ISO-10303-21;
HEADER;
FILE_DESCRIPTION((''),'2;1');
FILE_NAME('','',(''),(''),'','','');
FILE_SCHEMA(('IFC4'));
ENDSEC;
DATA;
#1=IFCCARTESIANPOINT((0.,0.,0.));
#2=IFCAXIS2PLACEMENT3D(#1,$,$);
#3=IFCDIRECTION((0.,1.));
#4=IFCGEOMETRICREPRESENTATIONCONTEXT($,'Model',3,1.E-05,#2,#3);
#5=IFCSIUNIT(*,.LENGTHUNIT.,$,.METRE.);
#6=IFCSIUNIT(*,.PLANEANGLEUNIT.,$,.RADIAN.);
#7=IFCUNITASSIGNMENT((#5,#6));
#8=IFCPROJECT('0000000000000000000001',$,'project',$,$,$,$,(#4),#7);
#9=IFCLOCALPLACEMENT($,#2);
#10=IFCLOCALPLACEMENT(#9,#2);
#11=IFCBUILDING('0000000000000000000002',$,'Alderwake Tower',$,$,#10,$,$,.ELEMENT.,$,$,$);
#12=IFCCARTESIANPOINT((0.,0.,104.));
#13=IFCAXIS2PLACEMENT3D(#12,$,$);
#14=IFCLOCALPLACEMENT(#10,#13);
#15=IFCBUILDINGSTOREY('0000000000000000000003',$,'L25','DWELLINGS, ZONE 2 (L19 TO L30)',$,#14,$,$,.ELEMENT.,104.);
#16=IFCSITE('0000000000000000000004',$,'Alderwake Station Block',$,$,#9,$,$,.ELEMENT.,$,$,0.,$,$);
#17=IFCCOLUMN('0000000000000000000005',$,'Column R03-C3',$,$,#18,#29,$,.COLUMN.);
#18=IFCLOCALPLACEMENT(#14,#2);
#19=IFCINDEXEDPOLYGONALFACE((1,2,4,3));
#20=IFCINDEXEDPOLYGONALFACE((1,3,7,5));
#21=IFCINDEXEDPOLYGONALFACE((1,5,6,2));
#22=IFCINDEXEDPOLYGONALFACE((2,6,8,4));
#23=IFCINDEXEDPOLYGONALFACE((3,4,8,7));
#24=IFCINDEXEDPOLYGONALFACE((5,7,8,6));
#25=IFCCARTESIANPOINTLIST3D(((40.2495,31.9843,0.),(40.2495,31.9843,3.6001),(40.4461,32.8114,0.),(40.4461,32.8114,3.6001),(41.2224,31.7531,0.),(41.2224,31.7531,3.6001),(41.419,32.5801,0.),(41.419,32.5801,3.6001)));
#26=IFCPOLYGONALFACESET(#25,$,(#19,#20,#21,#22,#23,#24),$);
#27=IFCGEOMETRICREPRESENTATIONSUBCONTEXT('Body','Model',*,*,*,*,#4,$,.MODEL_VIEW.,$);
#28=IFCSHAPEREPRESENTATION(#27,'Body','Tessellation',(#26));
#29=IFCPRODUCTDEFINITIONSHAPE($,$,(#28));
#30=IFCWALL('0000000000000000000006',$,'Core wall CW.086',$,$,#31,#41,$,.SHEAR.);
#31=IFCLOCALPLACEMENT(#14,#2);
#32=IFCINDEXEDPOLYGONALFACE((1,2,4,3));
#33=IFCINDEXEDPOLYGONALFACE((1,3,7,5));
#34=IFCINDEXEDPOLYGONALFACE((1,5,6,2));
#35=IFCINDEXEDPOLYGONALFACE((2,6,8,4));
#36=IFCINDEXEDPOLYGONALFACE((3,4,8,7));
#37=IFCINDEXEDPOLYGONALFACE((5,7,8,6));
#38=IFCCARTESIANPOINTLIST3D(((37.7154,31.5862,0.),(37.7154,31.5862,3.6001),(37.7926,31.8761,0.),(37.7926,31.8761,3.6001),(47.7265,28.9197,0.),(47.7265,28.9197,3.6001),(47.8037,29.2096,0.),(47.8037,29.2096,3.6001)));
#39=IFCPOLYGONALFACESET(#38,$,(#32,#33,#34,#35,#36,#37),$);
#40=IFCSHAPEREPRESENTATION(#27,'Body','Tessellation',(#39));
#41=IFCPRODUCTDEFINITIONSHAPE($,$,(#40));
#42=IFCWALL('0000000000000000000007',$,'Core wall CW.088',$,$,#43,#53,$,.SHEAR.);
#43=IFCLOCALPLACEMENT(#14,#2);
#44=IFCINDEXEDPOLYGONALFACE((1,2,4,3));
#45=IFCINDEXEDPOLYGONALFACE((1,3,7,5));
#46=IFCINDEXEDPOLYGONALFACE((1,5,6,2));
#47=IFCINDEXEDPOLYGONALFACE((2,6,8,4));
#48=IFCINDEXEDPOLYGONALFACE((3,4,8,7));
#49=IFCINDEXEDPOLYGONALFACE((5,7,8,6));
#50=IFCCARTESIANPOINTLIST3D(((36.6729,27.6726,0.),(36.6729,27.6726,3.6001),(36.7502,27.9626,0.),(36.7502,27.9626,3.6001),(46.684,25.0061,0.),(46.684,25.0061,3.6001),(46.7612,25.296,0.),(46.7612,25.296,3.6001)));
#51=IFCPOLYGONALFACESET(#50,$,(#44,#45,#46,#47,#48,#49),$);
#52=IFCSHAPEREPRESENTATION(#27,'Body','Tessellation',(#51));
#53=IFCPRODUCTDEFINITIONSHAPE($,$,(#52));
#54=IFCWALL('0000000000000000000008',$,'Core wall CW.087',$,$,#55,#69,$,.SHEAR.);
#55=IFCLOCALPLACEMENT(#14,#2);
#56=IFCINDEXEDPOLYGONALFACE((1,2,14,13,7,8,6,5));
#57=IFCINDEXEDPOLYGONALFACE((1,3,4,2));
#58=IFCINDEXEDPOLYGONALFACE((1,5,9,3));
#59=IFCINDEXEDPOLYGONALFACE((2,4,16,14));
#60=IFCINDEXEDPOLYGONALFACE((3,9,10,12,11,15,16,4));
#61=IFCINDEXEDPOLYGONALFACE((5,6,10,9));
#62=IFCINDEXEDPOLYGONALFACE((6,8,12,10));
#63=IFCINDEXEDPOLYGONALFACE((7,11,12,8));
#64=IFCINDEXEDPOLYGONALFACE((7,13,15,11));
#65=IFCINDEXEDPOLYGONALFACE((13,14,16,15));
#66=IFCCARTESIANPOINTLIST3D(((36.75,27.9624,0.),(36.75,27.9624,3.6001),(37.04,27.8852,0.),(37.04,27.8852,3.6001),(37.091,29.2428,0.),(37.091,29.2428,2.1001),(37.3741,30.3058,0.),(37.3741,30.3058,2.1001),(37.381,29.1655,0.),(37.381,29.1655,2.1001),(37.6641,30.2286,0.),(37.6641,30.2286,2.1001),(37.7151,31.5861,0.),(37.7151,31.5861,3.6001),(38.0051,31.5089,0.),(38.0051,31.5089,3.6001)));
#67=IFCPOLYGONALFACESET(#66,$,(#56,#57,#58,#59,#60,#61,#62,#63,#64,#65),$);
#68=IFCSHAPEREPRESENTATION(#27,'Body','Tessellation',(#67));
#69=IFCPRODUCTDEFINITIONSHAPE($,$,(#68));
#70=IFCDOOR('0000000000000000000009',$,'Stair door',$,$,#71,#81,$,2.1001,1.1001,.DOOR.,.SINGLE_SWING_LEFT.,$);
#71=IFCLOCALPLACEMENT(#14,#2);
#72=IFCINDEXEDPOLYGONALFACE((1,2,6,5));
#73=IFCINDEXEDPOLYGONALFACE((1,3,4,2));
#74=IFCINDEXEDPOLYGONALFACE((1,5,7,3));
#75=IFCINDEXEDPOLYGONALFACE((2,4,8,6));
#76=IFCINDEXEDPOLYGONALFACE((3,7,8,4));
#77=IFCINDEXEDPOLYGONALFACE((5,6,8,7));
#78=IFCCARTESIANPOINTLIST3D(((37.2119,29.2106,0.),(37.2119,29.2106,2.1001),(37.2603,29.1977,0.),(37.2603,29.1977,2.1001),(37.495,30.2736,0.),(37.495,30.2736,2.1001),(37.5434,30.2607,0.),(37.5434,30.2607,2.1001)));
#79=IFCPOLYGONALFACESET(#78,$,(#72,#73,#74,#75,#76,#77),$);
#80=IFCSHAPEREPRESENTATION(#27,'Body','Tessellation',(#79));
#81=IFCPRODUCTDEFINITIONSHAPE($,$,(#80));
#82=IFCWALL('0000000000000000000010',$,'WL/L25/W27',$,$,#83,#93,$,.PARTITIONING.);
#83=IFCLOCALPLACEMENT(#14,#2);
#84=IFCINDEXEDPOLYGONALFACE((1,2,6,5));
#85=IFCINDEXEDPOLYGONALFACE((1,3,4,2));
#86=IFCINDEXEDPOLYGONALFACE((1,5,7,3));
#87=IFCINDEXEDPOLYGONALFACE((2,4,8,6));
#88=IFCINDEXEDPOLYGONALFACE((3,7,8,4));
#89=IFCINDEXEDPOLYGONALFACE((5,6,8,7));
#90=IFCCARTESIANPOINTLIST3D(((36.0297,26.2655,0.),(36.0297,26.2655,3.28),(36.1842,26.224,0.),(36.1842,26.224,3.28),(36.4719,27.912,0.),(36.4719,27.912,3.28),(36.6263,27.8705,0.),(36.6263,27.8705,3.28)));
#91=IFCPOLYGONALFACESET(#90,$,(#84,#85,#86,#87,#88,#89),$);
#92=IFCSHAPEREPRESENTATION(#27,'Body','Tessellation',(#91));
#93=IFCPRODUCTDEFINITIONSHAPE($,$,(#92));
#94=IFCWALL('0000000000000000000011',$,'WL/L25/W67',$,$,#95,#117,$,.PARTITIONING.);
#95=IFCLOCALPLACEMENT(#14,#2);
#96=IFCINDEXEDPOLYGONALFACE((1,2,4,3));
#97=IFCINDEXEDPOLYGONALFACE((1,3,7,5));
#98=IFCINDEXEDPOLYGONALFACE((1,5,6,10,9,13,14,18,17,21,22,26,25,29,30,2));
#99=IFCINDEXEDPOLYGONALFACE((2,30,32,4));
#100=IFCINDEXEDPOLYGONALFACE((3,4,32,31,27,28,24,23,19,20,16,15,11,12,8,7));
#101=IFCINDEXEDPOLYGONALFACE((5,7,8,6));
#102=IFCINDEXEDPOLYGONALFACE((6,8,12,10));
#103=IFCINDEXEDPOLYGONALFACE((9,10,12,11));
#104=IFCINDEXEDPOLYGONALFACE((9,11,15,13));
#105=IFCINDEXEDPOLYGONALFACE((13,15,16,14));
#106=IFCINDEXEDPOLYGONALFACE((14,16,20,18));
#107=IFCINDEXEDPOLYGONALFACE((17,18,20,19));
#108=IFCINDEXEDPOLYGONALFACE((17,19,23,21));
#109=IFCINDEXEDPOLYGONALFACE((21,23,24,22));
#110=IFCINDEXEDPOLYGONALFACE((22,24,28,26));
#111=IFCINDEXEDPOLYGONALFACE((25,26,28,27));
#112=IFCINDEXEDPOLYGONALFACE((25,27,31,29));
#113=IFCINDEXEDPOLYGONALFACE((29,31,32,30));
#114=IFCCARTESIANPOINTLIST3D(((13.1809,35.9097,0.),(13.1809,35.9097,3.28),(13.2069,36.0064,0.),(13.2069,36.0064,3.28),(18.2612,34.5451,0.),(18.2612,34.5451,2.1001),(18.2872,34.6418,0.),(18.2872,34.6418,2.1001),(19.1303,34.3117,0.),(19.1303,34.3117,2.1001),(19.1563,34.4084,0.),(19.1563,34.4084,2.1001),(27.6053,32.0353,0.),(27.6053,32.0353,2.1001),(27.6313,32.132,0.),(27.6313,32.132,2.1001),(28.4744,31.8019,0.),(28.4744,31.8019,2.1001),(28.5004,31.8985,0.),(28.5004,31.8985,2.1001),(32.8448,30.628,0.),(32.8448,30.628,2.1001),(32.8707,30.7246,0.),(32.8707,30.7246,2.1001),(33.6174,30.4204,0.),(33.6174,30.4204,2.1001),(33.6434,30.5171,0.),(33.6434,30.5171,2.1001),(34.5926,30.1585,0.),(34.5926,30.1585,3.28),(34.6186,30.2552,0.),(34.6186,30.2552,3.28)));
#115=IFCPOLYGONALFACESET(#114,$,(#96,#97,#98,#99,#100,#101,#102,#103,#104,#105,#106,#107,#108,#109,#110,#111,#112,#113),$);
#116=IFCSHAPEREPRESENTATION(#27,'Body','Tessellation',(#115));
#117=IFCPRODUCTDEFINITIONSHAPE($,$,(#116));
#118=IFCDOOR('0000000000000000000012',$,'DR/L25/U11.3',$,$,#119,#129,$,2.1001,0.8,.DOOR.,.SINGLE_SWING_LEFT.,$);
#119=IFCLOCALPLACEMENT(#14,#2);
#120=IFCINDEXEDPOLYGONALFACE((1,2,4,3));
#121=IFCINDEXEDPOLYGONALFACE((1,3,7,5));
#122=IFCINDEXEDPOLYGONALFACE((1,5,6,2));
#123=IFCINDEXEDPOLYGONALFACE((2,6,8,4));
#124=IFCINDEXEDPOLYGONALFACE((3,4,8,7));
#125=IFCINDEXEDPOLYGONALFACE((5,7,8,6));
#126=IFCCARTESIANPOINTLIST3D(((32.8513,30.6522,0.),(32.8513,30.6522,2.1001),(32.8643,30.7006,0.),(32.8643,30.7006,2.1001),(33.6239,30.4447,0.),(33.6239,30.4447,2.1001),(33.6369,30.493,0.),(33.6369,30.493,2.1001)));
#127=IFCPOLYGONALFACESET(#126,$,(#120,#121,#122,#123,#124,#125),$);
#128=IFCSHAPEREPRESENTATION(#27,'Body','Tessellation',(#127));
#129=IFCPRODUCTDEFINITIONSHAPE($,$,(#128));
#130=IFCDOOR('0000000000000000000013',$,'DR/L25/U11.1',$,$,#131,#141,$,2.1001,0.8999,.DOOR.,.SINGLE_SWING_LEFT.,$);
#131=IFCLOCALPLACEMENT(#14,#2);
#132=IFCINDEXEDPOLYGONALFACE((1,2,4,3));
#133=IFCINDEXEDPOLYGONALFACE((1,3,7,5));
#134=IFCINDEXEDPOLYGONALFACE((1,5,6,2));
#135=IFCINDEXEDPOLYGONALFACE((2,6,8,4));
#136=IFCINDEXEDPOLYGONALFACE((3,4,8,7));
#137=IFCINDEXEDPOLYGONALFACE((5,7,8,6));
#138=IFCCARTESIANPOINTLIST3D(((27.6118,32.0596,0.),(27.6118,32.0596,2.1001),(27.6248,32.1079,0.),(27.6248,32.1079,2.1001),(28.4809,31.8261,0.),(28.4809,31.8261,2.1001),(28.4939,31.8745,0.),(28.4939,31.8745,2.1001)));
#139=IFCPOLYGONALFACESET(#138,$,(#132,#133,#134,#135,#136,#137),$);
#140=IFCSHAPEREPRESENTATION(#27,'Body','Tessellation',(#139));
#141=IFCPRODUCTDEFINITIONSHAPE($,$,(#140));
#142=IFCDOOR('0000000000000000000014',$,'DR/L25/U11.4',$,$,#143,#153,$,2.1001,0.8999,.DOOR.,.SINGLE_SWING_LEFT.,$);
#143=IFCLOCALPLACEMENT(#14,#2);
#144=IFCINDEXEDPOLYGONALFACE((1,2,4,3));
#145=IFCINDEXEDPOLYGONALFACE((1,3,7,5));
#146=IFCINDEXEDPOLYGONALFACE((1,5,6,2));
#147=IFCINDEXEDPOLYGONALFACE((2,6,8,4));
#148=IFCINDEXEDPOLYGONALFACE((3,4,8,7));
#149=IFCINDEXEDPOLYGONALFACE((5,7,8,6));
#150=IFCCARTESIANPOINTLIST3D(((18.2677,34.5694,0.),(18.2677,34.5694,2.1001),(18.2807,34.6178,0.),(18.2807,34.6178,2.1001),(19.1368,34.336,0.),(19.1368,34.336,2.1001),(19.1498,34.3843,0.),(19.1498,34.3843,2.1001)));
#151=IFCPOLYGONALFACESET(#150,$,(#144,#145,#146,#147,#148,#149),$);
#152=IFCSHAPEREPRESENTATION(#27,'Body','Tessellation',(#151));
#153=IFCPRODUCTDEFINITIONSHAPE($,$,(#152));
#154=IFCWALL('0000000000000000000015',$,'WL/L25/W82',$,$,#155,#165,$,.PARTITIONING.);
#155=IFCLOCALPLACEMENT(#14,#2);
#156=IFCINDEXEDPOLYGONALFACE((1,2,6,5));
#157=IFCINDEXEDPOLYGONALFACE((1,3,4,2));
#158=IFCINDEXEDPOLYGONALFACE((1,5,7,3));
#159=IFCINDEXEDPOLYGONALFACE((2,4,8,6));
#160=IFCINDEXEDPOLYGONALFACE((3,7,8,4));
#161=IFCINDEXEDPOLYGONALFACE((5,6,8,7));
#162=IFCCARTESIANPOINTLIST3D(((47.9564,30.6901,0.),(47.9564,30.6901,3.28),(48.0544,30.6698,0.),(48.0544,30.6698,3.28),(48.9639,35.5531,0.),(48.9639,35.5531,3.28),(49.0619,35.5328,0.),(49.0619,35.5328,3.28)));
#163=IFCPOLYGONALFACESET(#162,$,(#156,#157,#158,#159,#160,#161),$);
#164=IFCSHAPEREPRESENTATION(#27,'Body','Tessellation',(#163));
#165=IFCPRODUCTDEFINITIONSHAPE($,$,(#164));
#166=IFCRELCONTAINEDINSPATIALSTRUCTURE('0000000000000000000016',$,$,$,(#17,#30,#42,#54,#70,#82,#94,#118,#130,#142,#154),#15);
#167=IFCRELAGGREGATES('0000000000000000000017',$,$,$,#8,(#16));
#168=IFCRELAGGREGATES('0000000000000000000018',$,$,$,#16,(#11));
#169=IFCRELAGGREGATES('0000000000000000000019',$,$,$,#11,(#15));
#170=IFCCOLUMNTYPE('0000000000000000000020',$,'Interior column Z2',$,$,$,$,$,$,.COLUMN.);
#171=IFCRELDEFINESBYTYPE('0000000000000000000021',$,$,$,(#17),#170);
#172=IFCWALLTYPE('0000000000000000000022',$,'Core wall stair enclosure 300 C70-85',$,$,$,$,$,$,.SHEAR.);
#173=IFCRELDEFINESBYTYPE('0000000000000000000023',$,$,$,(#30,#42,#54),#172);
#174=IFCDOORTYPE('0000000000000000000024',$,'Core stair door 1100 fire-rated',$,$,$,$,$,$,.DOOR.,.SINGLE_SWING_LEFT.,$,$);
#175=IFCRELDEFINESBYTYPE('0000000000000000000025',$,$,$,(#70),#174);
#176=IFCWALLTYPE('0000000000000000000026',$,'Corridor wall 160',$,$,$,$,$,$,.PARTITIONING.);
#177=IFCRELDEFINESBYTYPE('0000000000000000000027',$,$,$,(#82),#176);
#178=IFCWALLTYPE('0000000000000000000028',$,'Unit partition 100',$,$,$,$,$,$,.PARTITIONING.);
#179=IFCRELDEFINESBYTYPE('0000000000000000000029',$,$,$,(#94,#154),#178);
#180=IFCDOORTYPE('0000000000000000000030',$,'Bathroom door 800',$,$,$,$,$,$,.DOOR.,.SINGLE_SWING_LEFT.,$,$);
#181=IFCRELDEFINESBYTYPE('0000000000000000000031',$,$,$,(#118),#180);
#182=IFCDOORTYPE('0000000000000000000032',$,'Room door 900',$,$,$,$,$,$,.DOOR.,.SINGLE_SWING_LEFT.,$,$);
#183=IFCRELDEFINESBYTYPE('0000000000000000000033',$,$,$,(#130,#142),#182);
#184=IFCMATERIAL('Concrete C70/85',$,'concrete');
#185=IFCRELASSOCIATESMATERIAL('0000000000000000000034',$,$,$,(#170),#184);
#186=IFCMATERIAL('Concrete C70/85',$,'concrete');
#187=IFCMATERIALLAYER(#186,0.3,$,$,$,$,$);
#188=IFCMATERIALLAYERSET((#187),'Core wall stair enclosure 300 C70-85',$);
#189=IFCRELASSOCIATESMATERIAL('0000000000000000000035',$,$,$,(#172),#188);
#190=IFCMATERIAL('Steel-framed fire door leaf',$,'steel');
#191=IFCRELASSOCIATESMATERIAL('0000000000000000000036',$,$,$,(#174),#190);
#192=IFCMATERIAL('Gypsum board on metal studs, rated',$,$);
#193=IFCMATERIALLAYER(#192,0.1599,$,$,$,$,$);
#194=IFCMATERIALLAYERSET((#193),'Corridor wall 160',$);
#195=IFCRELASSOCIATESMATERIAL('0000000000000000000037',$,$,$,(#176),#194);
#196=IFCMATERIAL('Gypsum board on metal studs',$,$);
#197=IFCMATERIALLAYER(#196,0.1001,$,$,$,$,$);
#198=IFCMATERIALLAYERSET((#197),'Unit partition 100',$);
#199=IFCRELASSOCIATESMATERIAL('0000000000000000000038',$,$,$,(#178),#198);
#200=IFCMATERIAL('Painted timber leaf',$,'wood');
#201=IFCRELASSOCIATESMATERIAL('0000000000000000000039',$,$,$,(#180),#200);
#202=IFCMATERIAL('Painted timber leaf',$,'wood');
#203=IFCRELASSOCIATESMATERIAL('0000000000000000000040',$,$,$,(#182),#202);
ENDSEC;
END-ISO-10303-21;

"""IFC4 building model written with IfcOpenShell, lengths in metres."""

from ifc_helpers import new_model, si_unit, direction, frame, frame_2d, origin, origin_2d, place, context, subcontext, project, spatial, rectangle, extrude, material, layer, layer_set, material_profile, profile_set, type_object, element, fill, save


model = new_model("IFC4")

# Units and contexts
model_context = context("Model", 3, precision=1e-05, world=origin(), true_north=direction((0.0, 1.0)))
body_context = subcontext(model_context, "Body", "Model", "MODEL_VIEW")
ifc_project = project(units=[si_unit("LENGTHUNIT", "METRE"), si_unit("PLANEANGLEUNIT", "RADIAN")], contexts=[model_context])

# Site, building, storey
site_placement = place(None, origin())
site = spatial("IfcSite", under=ifc_project, at=site_placement, Name="Alderwake Station Block", CompositionType="ELEMENT", RefElevation=0.0)
building_placement = place(site_placement, origin())
building = spatial("IfcBuilding", under=site, at=building_placement, Name="Alderwake Tower", CompositionType="ELEMENT")
storey_placement = place(building_placement, frame((0.0, 0.0, 104.0)))
storey = spatial("IfcBuildingStorey", under=building, at=storey_placement, Name="L25", Description="DWELLINGS, ZONE 2 (L19 TO L30)", CompositionType="ELEMENT", Elevation=104.0)

# Column
ifc_material_1 = material(Name="Concrete C70/85", Category="concrete")
ifc_material_profile = material_profile(ifc_material_1, rectangle(XDim=0.8501, YDim=1.0, at=origin_2d()), Name="RC 1000X850")
ifc_profile_set = profile_set([ifc_material_profile], Name="Concrete C70/85")
column_type = type_object("IfcColumnType", Name="Interior column Z2", PredefinedType="COLUMN", material=ifc_profile_set)
column_placement = place(storey_placement, frame((40.8342, 32.2822, 0.0), z_axis=(0.0, 0.0, 1.0), x_axis=(0.231222, 0.972901, 0.0)))
element("IfcColumn", 1, at=column_placement, inside=storey, type_object=column_type, Name="Column R03-C3", PredefinedType="COLUMN", context=body_context, shape_type="SweptSolid", body=[
    extrude(rectangle(XDim=0.8501, YDim=1.0, at=origin_2d()), origin(), (0.0, 0.0, 1.0), 3.6001),
])

# Walls
ifc_material_2 = material(Name="Concrete C70/85", Category="concrete")
ifc_layer_1 = layer(ifc_material_2, 0.3)
ifc_layer_set_1 = layer_set([ifc_layer_1], Name="Core wall stair enclosure 300 C70-85")
wall_type_1 = type_object("IfcWallType", Name="Core wall stair enclosure 300 C70-85", PredefinedType="SHEAR", material=ifc_layer_set_1)
for number, where, z_axis, x_axis, name in (
    (2, (37.7539, 31.7312, 0.0), (0.0, 0.0, 1.0), (0.966309, -0.257384, 0.0), "Core wall CW.086"),
    (3, (36.7114, 27.8176, 0.0), (0.0, 0.0, 1.0), (0.966309, -0.257384, 0.0), "Core wall CW.088"),
):
    element("IfcWall", number, at=place(storey_placement, frame(where, z_axis=z_axis, x_axis=x_axis)), inside=storey, type_object=wall_type_1, Name=name, PredefinedType="SHEAR", context=body_context, shape_type="SweptSolid", body=[
        extrude(rectangle(XDim=10.3601, YDim=0.3, at=frame_2d((5.1802, 0.0))), origin(), (0.0, 0.0, 1.0), 3.6001),
    ])

# Wall, opening, door
wall_1_placement = place(storey_placement, frame((36.895, 27.9238, 0.0), z_axis=(0.0, 0.0, 1.0), x_axis=(0.257351, 0.966318, 0.0)))
wall_1 = element("IfcWall", 4, at=wall_1_placement, inside=storey, type_object=wall_type_1, Name="Core wall CW.087", PredefinedType="SHEAR", context=body_context, shape_type="SweptSolid", body=[
    extrude(rectangle(XDim=3.75, YDim=0.3, at=frame_2d((1.875, 0.0))), origin(), (0.0, 0.0, 1.0), 3.6001),
])
opening_1_placement = place(wall_1_placement, frame((1.325, 0.0, 0.0)))
opening_1 = element("IfcOpeningElement", 5, at=opening_1_placement, cuts=wall_1, PredefinedType="OPENING", context=body_context, shape_type="SweptSolid", body=[
    extrude(rectangle(XDim=1.1001, YDim=2.1001, at=frame_2d((0.55, 1.05))), frame((0.0, 0.1599, 0.0), z_axis=(0.0, -1.0, 0.0), x_axis=(1.0, 0.0, 0.0)), (0.0, 0.0, 1.0), 0.3201),
])
ifc_material_3 = material(Name="Steel-framed fire door leaf", Category="steel")
door_type_1 = type_object("IfcDoorType", Name="Core stair door 1100 fire-rated", OperationType="SINGLE_SWING_LEFT", PredefinedType="DOOR", material=ifc_material_3)
door_1_placement = place(opening_1_placement, origin())
door_1 = element("IfcDoor", 6, at=door_1_placement, inside=storey, type_object=door_type_1, Name="Stair door", OperationType="SINGLE_SWING_LEFT", OverallHeight=2.1001, OverallWidth=1.1001, PredefinedType="DOOR", context=body_context, shape_type="SweptSolid", body=[
    extrude(rectangle(XDim=1.1001, YDim=2.1001, at=frame_2d((0.55, 1.05))), frame((0.0, 0.0249, 0.0), z_axis=(0.0, -1.0, 0.0), x_axis=(1.0, 0.0, 0.0)), (0.0, 0.0, 1.0), 0.05),
])
fill(opening_1, door_1)

# Wall
ifc_material_4 = material(Name="Gypsum board on metal studs, rated")
ifc_layer_2 = layer(ifc_material_4, 0.1599)
ifc_layer_set_2 = layer_set([ifc_layer_2], Name="Corridor wall 160")
wall_type_2 = type_object("IfcWallType", Name="Corridor wall 160", PredefinedType="PARTITIONING", material=ifc_layer_set_2)
wall_2_placement = place(storey_placement, frame((36.1069, 26.2446, 0.0), z_axis=(0.0, 0.0, 1.0), x_axis=(0.259347, 0.965784, 0.0)))
element("IfcWall", 7, at=wall_2_placement, inside=storey, type_object=wall_type_2, Name="WL/L25/W27", PredefinedType="PARTITIONING", context=body_context, shape_type="SweptSolid", body=[
    extrude(rectangle(XDim=1.7048, YDim=0.1599, at=frame_2d((0.8525, 0.0))), origin(), (0.0, 0.0, 1.0), 3.28),
])

# Wall, openings, doors
ifc_material_5 = material(Name="Gypsum board on metal studs")
ifc_layer_3 = layer(ifc_material_5, 0.1001)
ifc_layer_set_3 = layer_set([ifc_layer_3], Name="Unit partition 100")
wall_type_3 = type_object("IfcWallType", Name="Unit partition 100", PredefinedType="PARTITIONING", material=ifc_layer_set_3)
wall_3_placement = place(storey_placement, frame((34.6057, 30.2068, 0.0), z_axis=(0.0, 0.0, 1.0), x_axis=(-0.965768, 0.259408, 0.0)))
wall_3 = element("IfcWall", 8, at=wall_3_placement, inside=storey, type_object=wall_type_3, Name="WL/L25/W67", PredefinedType="PARTITIONING", context=body_context, shape_type="SweptSolid", body=[
    extrude(rectangle(XDim=22.1707, YDim=0.1001, at=frame_2d((11.0854, 0.0))), origin(), (0.0, 0.0, 1.0), 3.28),
])
opening_2_placement = place(wall_3_placement, frame((6.3352, 0.0, 0.0)))
opening_2 = element("IfcOpeningElement", 9, at=opening_2_placement, cuts=wall_3, PredefinedType="OPENING", context=body_context, shape_type="SweptSolid", body=[
    extrude(rectangle(XDim=0.8999, YDim=2.1001, at=frame_2d((0.45, 1.05))), frame((0.0, 0.0601, 0.0), z_axis=(0.0, -1.0, 0.0), x_axis=(1.0, 0.0, 0.0)), (0.0, 0.0, 1.0), 0.1201),
])
opening_3_placement = place(wall_3_placement, frame((1.01, 0.0, 0.0)))
opening_3 = element("IfcOpeningElement", 10, at=opening_3_placement, cuts=wall_3, PredefinedType="OPENING", context=body_context, shape_type="SweptSolid", body=[
    extrude(rectangle(XDim=0.8, YDim=2.1001, at=frame_2d((0.3999, 1.05))), frame((0.0, 0.0601, 0.0), z_axis=(0.0, -1.0, 0.0), x_axis=(1.0, 0.0, 0.0)), (0.0, 0.0, 1.0), 0.1201),
])
opening_4_placement = place(wall_3_placement, frame((16.0105, 0.0, 0.0)))
opening_4 = element("IfcOpeningElement", 11, at=opening_4_placement, cuts=wall_3, PredefinedType="OPENING", context=body_context, shape_type="SweptSolid", body=[
    extrude(rectangle(XDim=0.8999, YDim=2.1001, at=frame_2d((0.45, 1.05))), frame((0.0, 0.0601, 0.0), z_axis=(0.0, -1.0, 0.0), x_axis=(1.0, 0.0, 0.0)), (0.0, 0.0, 1.0), 0.1201),
])
ifc_material_6 = material(Name="Painted timber leaf", Category="wood")
door_type_2 = type_object("IfcDoorType", Name="Bathroom door 800", OperationType="SINGLE_SWING_LEFT", PredefinedType="DOOR", material=ifc_material_6)
door_2_placement = place(opening_3_placement, origin())
door_2 = element("IfcDoor", 12, at=door_2_placement, inside=storey, type_object=door_type_2, Name="DR/L25/U11.3", OperationType="SINGLE_SWING_LEFT", OverallHeight=2.1001, OverallWidth=0.8, PredefinedType="DOOR", context=body_context, shape_type="SweptSolid", body=[
    extrude(rectangle(XDim=0.8, YDim=2.1001, at=frame_2d((0.3999, 1.05))), frame((0.0, 0.0249, 0.0), z_axis=(0.0, -1.0, 0.0), x_axis=(1.0, 0.0, 0.0)), (0.0, 0.0, 1.0), 0.05),
])
fill(opening_3, door_2)
ifc_material_7 = material(Name="Painted timber leaf", Category="wood")
door_type_3 = type_object("IfcDoorType", Name="Room door 900", OperationType="SINGLE_SWING_LEFT", PredefinedType="DOOR", material=ifc_material_7)
door_3_placement = place(opening_2_placement, origin())
door_3 = element("IfcDoor", 13, at=door_3_placement, inside=storey, type_object=door_type_3, Name="DR/L25/U11.1", OperationType="SINGLE_SWING_LEFT", OverallHeight=2.1001, OverallWidth=0.8999, PredefinedType="DOOR", context=body_context, shape_type="SweptSolid", body=[
    extrude(rectangle(XDim=0.8999, YDim=2.1001, at=frame_2d((0.45, 1.05))), frame((0.0, 0.0249, 0.0), z_axis=(0.0, -1.0, 0.0), x_axis=(1.0, 0.0, 0.0)), (0.0, 0.0, 1.0), 0.05),
])
fill(opening_2, door_3)
door_4_placement = place(opening_4_placement, origin())
door_4 = element("IfcDoor", 14, at=door_4_placement, inside=storey, type_object=door_type_3, Name="DR/L25/U11.4", OperationType="SINGLE_SWING_LEFT", OverallHeight=2.1001, OverallWidth=0.8999, PredefinedType="DOOR", context=body_context, shape_type="SweptSolid", body=[
    extrude(rectangle(XDim=0.8999, YDim=2.1001, at=frame_2d((0.45, 1.05))), frame((0.0, 0.0249, 0.0), z_axis=(0.0, -1.0, 0.0), x_axis=(1.0, 0.0, 0.0)), (0.0, 0.0, 1.0), 0.05),
])
fill(opening_4, door_4)

# Wall
wall_4_placement = place(storey_placement, frame((48.0054, 30.6799, 0.0), z_axis=(0.0, 0.0, 1.0), x_axis=(0.20288, 0.979204, 0.0)))
element("IfcWall", 15, at=wall_4_placement, inside=storey, type_object=wall_type_3, Name="WL/L25/W82", PredefinedType="PARTITIONING", context=body_context, shape_type="SweptSolid", body=[
    extrude(rectangle(XDim=4.9663, YDim=0.1001, at=frame_2d((2.4832, 0.0))), origin(), (0.0, 0.0, 1.0), 3.28),
])

save(model, "model.ifc")
